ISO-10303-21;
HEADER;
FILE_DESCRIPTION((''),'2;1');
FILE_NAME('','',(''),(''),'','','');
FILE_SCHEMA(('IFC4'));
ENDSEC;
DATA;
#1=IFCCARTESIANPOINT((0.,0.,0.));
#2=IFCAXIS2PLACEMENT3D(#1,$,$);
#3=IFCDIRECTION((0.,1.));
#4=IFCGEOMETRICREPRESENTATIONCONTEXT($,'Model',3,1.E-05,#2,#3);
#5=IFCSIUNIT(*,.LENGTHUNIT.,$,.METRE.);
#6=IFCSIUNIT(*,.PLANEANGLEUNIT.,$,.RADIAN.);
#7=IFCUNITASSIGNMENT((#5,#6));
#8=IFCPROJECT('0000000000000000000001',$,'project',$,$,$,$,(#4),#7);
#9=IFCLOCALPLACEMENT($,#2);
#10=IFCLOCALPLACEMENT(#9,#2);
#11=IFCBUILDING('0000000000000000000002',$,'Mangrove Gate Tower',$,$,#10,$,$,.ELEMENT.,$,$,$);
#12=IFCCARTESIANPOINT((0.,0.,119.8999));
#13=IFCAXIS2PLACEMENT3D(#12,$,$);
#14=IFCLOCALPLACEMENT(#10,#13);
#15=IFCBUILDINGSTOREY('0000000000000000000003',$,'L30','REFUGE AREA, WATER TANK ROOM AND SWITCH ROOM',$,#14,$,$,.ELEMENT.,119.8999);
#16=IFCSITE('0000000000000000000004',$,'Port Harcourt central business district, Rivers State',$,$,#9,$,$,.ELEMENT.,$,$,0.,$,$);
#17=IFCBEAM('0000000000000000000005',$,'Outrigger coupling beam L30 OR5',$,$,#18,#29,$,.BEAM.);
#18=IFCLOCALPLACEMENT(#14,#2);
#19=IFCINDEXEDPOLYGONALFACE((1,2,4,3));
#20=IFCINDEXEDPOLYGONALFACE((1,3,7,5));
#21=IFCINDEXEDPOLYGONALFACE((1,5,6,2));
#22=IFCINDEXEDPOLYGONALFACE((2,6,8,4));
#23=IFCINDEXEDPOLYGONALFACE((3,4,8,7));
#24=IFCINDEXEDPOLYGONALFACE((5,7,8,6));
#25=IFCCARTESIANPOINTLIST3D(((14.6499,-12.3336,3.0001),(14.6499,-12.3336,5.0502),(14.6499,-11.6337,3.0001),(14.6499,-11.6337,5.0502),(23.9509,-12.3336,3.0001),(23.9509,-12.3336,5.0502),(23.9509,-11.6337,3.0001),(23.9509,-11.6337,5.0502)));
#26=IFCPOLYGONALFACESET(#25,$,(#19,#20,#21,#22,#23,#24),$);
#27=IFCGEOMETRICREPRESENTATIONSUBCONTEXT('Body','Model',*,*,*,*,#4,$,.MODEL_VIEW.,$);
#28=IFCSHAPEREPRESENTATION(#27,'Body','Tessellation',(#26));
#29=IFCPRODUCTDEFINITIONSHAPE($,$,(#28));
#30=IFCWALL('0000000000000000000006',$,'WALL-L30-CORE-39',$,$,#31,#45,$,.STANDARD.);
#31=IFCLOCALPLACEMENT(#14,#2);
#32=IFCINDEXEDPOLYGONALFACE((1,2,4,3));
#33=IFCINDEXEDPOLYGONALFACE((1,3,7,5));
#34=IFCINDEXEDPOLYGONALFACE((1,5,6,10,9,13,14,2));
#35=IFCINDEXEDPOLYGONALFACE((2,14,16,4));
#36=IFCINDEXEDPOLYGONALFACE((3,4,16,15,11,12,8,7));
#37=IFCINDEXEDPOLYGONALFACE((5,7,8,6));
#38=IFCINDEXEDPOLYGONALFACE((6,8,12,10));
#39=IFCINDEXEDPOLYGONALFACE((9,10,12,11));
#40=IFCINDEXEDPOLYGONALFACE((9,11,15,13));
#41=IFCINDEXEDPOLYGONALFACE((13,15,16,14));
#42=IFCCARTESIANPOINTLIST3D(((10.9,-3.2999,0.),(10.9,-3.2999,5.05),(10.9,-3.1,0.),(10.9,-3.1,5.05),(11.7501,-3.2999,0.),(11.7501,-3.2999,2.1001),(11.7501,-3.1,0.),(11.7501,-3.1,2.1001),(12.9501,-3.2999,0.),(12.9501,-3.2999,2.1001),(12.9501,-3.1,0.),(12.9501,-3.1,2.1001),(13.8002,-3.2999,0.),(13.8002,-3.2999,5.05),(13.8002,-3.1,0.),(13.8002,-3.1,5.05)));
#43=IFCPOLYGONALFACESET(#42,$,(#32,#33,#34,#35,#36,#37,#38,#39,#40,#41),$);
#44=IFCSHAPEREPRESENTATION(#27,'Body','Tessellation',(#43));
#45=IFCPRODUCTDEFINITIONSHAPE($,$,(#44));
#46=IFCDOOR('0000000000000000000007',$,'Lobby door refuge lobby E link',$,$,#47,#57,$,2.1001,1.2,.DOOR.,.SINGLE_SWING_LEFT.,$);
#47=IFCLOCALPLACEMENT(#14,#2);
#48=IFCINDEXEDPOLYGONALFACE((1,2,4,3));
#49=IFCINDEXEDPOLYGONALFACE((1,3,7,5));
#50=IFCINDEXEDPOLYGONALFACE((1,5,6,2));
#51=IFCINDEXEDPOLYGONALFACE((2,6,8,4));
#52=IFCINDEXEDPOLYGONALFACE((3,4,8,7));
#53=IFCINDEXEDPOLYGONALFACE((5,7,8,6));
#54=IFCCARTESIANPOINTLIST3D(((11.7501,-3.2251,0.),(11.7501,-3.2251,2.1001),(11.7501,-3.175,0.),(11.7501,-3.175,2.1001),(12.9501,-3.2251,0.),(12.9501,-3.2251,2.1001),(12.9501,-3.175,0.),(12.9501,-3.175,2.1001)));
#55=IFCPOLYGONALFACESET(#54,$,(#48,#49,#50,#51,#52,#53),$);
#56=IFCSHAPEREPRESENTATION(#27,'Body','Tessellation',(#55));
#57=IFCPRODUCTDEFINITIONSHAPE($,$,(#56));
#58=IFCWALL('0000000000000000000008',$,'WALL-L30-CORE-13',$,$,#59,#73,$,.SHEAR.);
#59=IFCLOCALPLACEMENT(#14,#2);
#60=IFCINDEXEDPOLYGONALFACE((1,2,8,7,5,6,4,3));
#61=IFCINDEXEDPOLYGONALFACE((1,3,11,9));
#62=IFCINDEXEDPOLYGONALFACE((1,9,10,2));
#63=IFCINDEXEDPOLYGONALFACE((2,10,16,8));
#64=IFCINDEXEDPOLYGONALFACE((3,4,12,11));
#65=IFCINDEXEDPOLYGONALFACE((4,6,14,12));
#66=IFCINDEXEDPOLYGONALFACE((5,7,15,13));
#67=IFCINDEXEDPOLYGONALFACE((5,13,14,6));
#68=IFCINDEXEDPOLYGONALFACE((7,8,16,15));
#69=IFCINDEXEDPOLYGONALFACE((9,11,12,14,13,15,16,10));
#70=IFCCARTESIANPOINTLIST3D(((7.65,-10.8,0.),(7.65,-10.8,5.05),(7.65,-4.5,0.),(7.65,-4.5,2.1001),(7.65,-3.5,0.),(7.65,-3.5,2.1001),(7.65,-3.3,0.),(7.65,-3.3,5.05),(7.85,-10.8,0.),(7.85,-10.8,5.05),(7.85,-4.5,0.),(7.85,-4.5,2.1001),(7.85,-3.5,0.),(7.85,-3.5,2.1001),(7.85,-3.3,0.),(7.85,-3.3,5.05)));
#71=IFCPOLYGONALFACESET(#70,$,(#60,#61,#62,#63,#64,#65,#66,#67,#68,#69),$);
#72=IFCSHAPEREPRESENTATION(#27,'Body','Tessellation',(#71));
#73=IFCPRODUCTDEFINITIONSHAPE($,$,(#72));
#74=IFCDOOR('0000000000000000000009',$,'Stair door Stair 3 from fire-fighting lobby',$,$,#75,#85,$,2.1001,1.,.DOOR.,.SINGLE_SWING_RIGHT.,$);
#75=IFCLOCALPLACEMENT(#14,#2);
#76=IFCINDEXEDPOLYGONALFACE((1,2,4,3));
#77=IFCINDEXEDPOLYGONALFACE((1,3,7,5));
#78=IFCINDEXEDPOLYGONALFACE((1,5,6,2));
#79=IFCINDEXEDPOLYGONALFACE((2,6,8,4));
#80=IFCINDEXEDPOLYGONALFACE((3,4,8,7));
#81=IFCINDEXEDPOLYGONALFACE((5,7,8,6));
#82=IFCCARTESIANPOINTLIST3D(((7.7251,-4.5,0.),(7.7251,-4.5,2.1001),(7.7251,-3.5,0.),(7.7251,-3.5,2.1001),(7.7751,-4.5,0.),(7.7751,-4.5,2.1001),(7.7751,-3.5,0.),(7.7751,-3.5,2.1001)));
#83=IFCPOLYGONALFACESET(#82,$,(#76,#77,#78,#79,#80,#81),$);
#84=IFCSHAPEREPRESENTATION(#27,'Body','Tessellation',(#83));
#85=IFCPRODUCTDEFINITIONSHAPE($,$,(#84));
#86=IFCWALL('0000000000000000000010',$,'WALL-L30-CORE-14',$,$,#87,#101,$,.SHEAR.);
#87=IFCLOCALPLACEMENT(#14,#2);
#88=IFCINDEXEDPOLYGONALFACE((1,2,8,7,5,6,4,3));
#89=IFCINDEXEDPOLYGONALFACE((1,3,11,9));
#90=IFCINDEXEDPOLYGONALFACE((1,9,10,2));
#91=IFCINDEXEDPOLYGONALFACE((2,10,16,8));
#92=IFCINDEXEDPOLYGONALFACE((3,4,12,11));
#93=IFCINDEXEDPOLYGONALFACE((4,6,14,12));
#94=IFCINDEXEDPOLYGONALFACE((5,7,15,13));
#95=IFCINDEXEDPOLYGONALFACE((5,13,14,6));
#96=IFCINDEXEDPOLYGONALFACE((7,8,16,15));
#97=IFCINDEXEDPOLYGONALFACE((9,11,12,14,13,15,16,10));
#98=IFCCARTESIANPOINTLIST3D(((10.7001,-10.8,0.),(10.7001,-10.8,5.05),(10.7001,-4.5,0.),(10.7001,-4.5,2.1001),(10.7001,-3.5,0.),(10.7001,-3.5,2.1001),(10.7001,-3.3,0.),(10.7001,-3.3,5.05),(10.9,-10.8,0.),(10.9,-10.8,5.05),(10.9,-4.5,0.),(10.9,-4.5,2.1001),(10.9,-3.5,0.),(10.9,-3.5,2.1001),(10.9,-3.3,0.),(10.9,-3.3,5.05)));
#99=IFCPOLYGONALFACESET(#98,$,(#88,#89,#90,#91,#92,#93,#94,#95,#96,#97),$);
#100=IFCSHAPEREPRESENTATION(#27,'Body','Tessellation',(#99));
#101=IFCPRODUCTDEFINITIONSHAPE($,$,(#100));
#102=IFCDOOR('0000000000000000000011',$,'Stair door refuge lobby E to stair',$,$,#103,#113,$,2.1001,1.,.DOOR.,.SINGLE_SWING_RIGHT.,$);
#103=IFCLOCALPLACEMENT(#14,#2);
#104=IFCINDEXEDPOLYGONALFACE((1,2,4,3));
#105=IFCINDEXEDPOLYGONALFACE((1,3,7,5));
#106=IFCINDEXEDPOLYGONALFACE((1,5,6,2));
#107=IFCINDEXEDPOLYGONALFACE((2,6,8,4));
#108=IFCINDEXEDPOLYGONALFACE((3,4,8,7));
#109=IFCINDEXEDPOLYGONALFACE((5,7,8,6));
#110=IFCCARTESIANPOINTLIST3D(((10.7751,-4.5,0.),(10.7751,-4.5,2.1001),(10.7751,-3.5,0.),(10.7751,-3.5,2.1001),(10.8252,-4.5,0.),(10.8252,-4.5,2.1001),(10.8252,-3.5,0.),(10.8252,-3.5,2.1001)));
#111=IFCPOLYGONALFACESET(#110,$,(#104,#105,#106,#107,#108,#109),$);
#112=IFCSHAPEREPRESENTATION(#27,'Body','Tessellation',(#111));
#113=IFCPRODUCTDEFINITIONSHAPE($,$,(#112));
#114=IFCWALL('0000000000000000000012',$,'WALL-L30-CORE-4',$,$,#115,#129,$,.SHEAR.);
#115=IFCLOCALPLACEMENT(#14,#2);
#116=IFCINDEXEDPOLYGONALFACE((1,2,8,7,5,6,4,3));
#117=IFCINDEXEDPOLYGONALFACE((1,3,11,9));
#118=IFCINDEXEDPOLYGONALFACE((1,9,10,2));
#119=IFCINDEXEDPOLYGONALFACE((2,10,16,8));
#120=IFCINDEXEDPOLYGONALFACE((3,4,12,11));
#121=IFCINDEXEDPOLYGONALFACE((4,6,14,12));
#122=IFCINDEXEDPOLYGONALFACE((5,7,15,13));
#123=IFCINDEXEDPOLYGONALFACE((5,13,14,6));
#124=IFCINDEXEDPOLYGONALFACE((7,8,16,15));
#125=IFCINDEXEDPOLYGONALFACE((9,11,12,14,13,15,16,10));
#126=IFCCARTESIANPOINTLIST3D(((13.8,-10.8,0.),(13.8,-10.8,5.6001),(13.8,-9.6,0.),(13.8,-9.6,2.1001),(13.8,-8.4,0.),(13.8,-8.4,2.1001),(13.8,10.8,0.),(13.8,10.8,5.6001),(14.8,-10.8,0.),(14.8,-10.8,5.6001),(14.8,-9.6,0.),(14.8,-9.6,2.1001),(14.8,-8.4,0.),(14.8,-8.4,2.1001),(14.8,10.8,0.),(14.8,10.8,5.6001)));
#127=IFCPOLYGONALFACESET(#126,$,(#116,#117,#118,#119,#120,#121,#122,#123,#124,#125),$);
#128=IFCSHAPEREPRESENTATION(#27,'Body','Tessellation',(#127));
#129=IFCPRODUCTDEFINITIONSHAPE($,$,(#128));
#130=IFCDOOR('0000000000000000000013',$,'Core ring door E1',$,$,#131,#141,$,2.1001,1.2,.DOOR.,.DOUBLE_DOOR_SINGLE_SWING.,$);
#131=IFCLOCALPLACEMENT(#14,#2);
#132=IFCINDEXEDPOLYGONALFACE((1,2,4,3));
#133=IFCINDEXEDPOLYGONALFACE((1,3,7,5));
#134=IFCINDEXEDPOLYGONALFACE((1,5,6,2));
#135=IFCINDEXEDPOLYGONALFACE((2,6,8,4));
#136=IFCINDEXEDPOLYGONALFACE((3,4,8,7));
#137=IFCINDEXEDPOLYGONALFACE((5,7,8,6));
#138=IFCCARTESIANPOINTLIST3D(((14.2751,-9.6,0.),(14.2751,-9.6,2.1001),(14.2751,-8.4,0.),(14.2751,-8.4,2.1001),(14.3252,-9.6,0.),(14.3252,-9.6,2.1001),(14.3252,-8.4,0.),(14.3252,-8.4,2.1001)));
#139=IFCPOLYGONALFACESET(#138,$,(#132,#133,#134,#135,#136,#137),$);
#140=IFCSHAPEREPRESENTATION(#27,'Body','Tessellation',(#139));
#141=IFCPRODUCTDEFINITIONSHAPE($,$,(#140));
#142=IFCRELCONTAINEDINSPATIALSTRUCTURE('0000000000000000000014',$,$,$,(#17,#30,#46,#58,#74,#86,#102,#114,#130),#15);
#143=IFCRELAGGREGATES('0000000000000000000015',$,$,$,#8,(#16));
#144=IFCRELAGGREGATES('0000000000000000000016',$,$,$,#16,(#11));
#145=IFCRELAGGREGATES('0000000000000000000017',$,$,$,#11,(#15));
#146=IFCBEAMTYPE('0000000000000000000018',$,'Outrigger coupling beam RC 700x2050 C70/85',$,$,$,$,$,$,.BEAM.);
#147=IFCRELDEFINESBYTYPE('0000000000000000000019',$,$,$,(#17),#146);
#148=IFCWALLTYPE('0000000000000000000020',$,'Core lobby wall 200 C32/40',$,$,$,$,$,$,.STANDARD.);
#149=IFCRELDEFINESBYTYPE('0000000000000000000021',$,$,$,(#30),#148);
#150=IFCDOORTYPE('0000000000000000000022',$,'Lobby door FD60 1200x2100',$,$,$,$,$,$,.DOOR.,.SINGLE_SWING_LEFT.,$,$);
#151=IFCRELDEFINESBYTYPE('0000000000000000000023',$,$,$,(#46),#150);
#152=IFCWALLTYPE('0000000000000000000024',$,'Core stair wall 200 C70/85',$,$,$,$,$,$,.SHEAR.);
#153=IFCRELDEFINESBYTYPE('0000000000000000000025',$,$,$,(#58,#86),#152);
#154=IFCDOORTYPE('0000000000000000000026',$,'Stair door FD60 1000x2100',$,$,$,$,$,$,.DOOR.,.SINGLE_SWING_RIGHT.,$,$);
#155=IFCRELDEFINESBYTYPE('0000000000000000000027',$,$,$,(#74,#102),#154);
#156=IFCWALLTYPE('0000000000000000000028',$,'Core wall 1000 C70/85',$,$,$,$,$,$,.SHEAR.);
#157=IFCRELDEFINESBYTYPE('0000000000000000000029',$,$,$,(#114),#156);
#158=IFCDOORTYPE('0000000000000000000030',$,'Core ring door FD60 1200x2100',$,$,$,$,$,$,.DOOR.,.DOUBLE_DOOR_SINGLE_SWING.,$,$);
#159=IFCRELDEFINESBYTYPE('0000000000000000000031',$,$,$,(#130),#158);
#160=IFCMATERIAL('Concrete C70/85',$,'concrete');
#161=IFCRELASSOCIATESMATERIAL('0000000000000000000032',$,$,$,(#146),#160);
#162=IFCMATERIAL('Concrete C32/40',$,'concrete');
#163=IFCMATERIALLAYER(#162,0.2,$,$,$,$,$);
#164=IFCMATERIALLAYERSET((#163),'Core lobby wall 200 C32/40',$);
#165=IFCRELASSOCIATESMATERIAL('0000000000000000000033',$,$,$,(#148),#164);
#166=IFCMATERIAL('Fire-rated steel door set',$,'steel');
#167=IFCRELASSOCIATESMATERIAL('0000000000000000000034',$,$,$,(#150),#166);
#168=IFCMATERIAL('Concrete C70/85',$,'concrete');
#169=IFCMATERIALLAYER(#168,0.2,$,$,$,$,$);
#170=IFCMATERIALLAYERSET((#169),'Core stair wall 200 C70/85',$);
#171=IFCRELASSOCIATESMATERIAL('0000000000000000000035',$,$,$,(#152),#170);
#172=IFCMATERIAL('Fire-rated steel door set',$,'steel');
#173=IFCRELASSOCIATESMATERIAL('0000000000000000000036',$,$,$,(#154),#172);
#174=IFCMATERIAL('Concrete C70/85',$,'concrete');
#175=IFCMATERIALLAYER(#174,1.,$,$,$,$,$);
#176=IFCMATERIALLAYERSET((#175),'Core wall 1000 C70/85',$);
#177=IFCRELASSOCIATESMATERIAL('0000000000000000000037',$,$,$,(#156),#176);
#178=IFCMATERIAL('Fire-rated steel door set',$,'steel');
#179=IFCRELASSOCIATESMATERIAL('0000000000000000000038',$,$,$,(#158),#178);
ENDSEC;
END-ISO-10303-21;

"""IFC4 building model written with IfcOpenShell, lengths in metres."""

from ifc_helpers import new_model, si_unit, direction, frame, frame_2d, origin, origin_2d, place, context, subcontext, project, spatial, rectangle, extrude, material, layer, layer_set, material_profile, profile_set, type_object, element, fill, save


model = new_model("IFC4")

# Units and contexts
model_context = context("Model", 3, precision=1e-05, world=origin(), true_north=direction((0.0, 1.0)))
body_context = subcontext(model_context, "Body", "Model", "MODEL_VIEW")
ifc_project = project(units=[si_unit("LENGTHUNIT", "METRE"), si_unit("PLANEANGLEUNIT", "RADIAN")], contexts=[model_context])

# Site, building, storey
site_placement = place(None, origin())
site = spatial("IfcSite", under=ifc_project, at=site_placement, Name="Port Harcourt central business district, Rivers State", CompositionType="ELEMENT", RefElevation=0.0)
building_placement = place(site_placement, origin())
building = spatial("IfcBuilding", under=site, at=building_placement, Name="Mangrove Gate Tower", CompositionType="ELEMENT")
storey_placement = place(building_placement, frame((0.0, 0.0, 119.8999)))
storey = spatial("IfcBuildingStorey", under=building, at=storey_placement, Name="L30", Description="REFUGE AREA, WATER TANK ROOM AND SWITCH ROOM", CompositionType="ELEMENT", Elevation=119.8999)

# Beam
ifc_material_1 = material(Name="Concrete C70/85", Category="concrete")
ifc_material_profile = material_profile(ifc_material_1, rectangle(XDim=0.7, YDim=2.05, at=origin_2d()))
ifc_profile_set = profile_set([ifc_material_profile], Name="Concrete C70/85")
beam_type = type_object("IfcBeamType", Name="Outrigger coupling beam RC 700x2050 C70/85", PredefinedType="BEAM", material=ifc_profile_set)
beam_placement = place(storey_placement, frame((14.6499, -11.9836, 4.0251), z_axis=(1.0, 0.0, 0.0), x_axis=(0.0, 1.0, 0.0)))
element("IfcBeam", 1, at=beam_placement, inside=storey, type_object=beam_type, Name="Outrigger coupling beam L30 OR5", PredefinedType="BEAM", context=body_context, shape_type="SweptSolid", body=[
    extrude(rectangle(XDim=0.7, YDim=2.05, at=origin_2d()), origin(), (0.0, 0.0, 1.0), 9.301),
])

# Walls, openings, doors
ifc_material_2 = material(Name="Concrete C32/40", Category="concrete")
ifc_layer_1 = layer(ifc_material_2, 0.2)
ifc_layer_set_1 = layer_set([ifc_layer_1], Name="Core lobby wall 200 C32/40")
wall_type_1 = type_object("IfcWallType", Name="Core lobby wall 200 C32/40", PredefinedType="STANDARD", material=ifc_layer_set_1)
wall_1_placement = place(storey_placement, frame((10.8999, -3.2, 0.0), z_axis=(0.0, 0.0, 1.0), x_axis=(1.0, 0.0, 0.0)))
wall_1 = element("IfcWall", 2, at=wall_1_placement, inside=storey, type_object=wall_type_1, Name="WALL-L30-CORE-39", PredefinedType="STANDARD", context=body_context, shape_type="SweptSolid", body=[
    extrude(rectangle(XDim=2.9001, YDim=0.2, at=frame_2d((1.4502, 0.0))), origin(), (0.0, 0.0, 1.0), 5.05),
])
opening_1_placement = place(wall_1_placement, frame((0.8501, 0.0, 0.0)))
opening_1 = element("IfcOpeningElement", 3, at=opening_1_placement, cuts=wall_1, PredefinedType="OPENING", context=body_context, shape_type="SweptSolid", body=[
    extrude(rectangle(XDim=1.2, YDim=2.1001, at=frame_2d((0.6001, 1.05))), frame((0.0, 0.1099, 0.0), z_axis=(0.0, -1.0, 0.0), x_axis=(1.0, 0.0, 0.0)), (0.0, 0.0, 1.0), 0.22),
])
ifc_material_3 = material(Name="Fire-rated steel door set", Category="steel")
door_type_1 = type_object("IfcDoorType", Name="Lobby door FD60 1200x2100", OperationType="SINGLE_SWING_LEFT", PredefinedType="DOOR", material=ifc_material_3)
door_1_placement = place(opening_1_placement, origin())
door_1 = element("IfcDoor", 4, at=door_1_placement, inside=storey, type_object=door_type_1, Name="Lobby door refuge lobby E link", OperationType="SINGLE_SWING_LEFT", OverallHeight=2.1001, OverallWidth=1.2, PredefinedType="DOOR", context=body_context, shape_type="SweptSolid", body=[
    extrude(rectangle(XDim=1.2, YDim=2.1001, at=frame_2d((0.6001, 1.05))), frame((0.0, 0.0249, 0.0), z_axis=(0.0, -1.0, 0.0), x_axis=(1.0, 0.0, 0.0)), (0.0, 0.0, 1.0), 0.05),
])
fill(opening_1, door_1)
ifc_material_4 = material(Name="Concrete C70/85", Category="concrete")
ifc_layer_2 = layer(ifc_material_4, 0.2)
ifc_layer_set_2 = layer_set([ifc_layer_2], Name="Core stair wall 200 C70/85")
wall_type_2 = type_object("IfcWallType", Name="Core stair wall 200 C70/85", PredefinedType="SHEAR", material=ifc_layer_set_2)
wall_2_placement = place(storey_placement, frame((7.75, -10.8, 0.0), z_axis=(0.0, 0.0, 1.0), x_axis=(0.0, 1.0, 0.0)))
wall_2 = element("IfcWall", 5, at=wall_2_placement, inside=storey, type_object=wall_type_2, Name="WALL-L30-CORE-13", PredefinedType="SHEAR", context=body_context, shape_type="SweptSolid", body=[
    extrude(rectangle(XDim=7.5, YDim=0.2, at=frame_2d((3.75, 0.0))), origin(), (0.0, 0.0, 1.0), 5.05),
])
opening_2_placement = place(wall_2_placement, frame((6.3, 0.0, 0.0)))
opening_2 = element("IfcOpeningElement", 6, at=opening_2_placement, cuts=wall_2, PredefinedType="OPENING", context=body_context, shape_type="SweptSolid", body=[
    extrude(rectangle(XDim=1.0, YDim=2.1001, at=frame_2d((0.5, 1.05))), frame((0.0, 0.1099, 0.0), z_axis=(0.0, -1.0, 0.0), x_axis=(1.0, 0.0, 0.0)), (0.0, 0.0, 1.0), 0.22),
])
ifc_material_5 = material(Name="Fire-rated steel door set", Category="steel")
door_type_2 = type_object("IfcDoorType", Name="Stair door FD60 1000x2100", OperationType="SINGLE_SWING_RIGHT", PredefinedType="DOOR", material=ifc_material_5)
door_2_placement = place(opening_2_placement, origin())
door_2 = element("IfcDoor", 7, at=door_2_placement, inside=storey, type_object=door_type_2, Name="Stair door Stair 3 from fire-fighting lobby", OperationType="SINGLE_SWING_RIGHT", OverallHeight=2.1001, OverallWidth=1.0, PredefinedType="DOOR", context=body_context, shape_type="SweptSolid", body=[
    extrude(rectangle(XDim=1.0, YDim=2.1001, at=frame_2d((0.5, 1.05))), frame((0.0, 0.0249, 0.0), z_axis=(0.0, -1.0, 0.0), x_axis=(1.0, 0.0, 0.0)), (0.0, 0.0, 1.0), 0.05),
])
fill(opening_2, door_2)
wall_3_placement = place(storey_placement, frame((10.8, -10.8, 0.0), z_axis=(0.0, 0.0, 1.0), x_axis=(0.0, 1.0, 0.0)))
wall_3 = element("IfcWall", 8, at=wall_3_placement, inside=storey, type_object=wall_type_2, Name="WALL-L30-CORE-14", PredefinedType="SHEAR", context=body_context, shape_type="SweptSolid", body=[
    extrude(rectangle(XDim=7.5, YDim=0.2, at=frame_2d((3.75, 0.0))), origin(), (0.0, 0.0, 1.0), 5.05),
])
opening_3_placement = place(wall_3_placement, frame((6.3, 0.0, 0.0)))
opening_3 = element("IfcOpeningElement", 9, at=opening_3_placement, cuts=wall_3, PredefinedType="OPENING", context=body_context, shape_type="SweptSolid", body=[
    extrude(rectangle(XDim=1.0, YDim=2.1001, at=frame_2d((0.5, 1.05))), frame((0.0, 0.1099, 0.0), z_axis=(0.0, -1.0, 0.0), x_axis=(1.0, 0.0, 0.0)), (0.0, 0.0, 1.0), 0.22),
])
door_3_placement = place(opening_3_placement, origin())
door_3 = element("IfcDoor", 10, at=door_3_placement, inside=storey, type_object=door_type_2, Name="Stair door refuge lobby E to stair", OperationType="SINGLE_SWING_RIGHT", OverallHeight=2.1001, OverallWidth=1.0, PredefinedType="DOOR", context=body_context, shape_type="SweptSolid", body=[
    extrude(rectangle(XDim=1.0, YDim=2.1001, at=frame_2d((0.5, 1.05))), frame((0.0, 0.0249, 0.0), z_axis=(0.0, -1.0, 0.0), x_axis=(1.0, 0.0, 0.0)), (0.0, 0.0, 1.0), 0.05),
])
fill(opening_3, door_3)
ifc_material_6 = material(Name="Concrete C70/85", Category="concrete")
ifc_layer_3 = layer(ifc_material_6, 1.0)
ifc_layer_set_3 = layer_set([ifc_layer_3], Name="Core wall 1000 C70/85")
wall_type_3 = type_object("IfcWallType", Name="Core wall 1000 C70/85", PredefinedType="SHEAR", material=ifc_layer_set_3)
wall_4_placement = place(storey_placement, frame((14.3, -10.8, 0.0), z_axis=(0.0, 0.0, 1.0), x_axis=(0.0, 1.0, 0.0)))
wall_4 = element("IfcWall", 11, at=wall_4_placement, inside=storey, type_object=wall_type_3, Name="WALL-L30-CORE-4", PredefinedType="SHEAR", context=body_context, shape_type="SweptSolid", body=[
    extrude(rectangle(XDim=21.6001, YDim=1.0, at=frame_2d((10.8, 0.0))), origin(), (0.0, 0.0, 1.0), 5.6001),
])
opening_4_placement = place(wall_4_placement, frame((1.2, 0.0, 0.0)))
opening_4 = element("IfcOpeningElement", 12, at=opening_4_placement, cuts=wall_4, PredefinedType="OPENING", context=body_context, shape_type="SweptSolid", body=[
    extrude(rectangle(XDim=1.2, YDim=2.1001, at=frame_2d((0.6001, 1.05))), frame((0.0, 0.51, 0.0), z_axis=(0.0, -1.0, 0.0), x_axis=(1.0, 0.0, 0.0)), (0.0, 0.0, 1.0), 1.02),
])
ifc_material_7 = material(Name="Fire-rated steel door set", Category="steel")
door_type_3 = type_object("IfcDoorType", Name="Core ring door FD60 1200x2100", OperationType="DOUBLE_DOOR_SINGLE_SWING", PredefinedType="DOOR", material=ifc_material_7)
door_4_placement = place(opening_4_placement, origin())
door_4 = element("IfcDoor", 13, at=door_4_placement, inside=storey, type_object=door_type_3, Name="Core ring door E1", OperationType="DOUBLE_DOOR_SINGLE_SWING", OverallHeight=2.1001, OverallWidth=1.2, PredefinedType="DOOR", context=body_context, shape_type="SweptSolid", body=[
    extrude(rectangle(XDim=1.2, YDim=2.1001, at=frame_2d((0.6001, 1.05))), frame((0.0, 0.0249, 0.0), z_axis=(0.0, -1.0, 0.0), x_axis=(1.0, 0.0, 0.0)), (0.0, 0.0, 1.0), 0.05),
])
fill(opening_4, door_4)

save(model, "model.ifc")
